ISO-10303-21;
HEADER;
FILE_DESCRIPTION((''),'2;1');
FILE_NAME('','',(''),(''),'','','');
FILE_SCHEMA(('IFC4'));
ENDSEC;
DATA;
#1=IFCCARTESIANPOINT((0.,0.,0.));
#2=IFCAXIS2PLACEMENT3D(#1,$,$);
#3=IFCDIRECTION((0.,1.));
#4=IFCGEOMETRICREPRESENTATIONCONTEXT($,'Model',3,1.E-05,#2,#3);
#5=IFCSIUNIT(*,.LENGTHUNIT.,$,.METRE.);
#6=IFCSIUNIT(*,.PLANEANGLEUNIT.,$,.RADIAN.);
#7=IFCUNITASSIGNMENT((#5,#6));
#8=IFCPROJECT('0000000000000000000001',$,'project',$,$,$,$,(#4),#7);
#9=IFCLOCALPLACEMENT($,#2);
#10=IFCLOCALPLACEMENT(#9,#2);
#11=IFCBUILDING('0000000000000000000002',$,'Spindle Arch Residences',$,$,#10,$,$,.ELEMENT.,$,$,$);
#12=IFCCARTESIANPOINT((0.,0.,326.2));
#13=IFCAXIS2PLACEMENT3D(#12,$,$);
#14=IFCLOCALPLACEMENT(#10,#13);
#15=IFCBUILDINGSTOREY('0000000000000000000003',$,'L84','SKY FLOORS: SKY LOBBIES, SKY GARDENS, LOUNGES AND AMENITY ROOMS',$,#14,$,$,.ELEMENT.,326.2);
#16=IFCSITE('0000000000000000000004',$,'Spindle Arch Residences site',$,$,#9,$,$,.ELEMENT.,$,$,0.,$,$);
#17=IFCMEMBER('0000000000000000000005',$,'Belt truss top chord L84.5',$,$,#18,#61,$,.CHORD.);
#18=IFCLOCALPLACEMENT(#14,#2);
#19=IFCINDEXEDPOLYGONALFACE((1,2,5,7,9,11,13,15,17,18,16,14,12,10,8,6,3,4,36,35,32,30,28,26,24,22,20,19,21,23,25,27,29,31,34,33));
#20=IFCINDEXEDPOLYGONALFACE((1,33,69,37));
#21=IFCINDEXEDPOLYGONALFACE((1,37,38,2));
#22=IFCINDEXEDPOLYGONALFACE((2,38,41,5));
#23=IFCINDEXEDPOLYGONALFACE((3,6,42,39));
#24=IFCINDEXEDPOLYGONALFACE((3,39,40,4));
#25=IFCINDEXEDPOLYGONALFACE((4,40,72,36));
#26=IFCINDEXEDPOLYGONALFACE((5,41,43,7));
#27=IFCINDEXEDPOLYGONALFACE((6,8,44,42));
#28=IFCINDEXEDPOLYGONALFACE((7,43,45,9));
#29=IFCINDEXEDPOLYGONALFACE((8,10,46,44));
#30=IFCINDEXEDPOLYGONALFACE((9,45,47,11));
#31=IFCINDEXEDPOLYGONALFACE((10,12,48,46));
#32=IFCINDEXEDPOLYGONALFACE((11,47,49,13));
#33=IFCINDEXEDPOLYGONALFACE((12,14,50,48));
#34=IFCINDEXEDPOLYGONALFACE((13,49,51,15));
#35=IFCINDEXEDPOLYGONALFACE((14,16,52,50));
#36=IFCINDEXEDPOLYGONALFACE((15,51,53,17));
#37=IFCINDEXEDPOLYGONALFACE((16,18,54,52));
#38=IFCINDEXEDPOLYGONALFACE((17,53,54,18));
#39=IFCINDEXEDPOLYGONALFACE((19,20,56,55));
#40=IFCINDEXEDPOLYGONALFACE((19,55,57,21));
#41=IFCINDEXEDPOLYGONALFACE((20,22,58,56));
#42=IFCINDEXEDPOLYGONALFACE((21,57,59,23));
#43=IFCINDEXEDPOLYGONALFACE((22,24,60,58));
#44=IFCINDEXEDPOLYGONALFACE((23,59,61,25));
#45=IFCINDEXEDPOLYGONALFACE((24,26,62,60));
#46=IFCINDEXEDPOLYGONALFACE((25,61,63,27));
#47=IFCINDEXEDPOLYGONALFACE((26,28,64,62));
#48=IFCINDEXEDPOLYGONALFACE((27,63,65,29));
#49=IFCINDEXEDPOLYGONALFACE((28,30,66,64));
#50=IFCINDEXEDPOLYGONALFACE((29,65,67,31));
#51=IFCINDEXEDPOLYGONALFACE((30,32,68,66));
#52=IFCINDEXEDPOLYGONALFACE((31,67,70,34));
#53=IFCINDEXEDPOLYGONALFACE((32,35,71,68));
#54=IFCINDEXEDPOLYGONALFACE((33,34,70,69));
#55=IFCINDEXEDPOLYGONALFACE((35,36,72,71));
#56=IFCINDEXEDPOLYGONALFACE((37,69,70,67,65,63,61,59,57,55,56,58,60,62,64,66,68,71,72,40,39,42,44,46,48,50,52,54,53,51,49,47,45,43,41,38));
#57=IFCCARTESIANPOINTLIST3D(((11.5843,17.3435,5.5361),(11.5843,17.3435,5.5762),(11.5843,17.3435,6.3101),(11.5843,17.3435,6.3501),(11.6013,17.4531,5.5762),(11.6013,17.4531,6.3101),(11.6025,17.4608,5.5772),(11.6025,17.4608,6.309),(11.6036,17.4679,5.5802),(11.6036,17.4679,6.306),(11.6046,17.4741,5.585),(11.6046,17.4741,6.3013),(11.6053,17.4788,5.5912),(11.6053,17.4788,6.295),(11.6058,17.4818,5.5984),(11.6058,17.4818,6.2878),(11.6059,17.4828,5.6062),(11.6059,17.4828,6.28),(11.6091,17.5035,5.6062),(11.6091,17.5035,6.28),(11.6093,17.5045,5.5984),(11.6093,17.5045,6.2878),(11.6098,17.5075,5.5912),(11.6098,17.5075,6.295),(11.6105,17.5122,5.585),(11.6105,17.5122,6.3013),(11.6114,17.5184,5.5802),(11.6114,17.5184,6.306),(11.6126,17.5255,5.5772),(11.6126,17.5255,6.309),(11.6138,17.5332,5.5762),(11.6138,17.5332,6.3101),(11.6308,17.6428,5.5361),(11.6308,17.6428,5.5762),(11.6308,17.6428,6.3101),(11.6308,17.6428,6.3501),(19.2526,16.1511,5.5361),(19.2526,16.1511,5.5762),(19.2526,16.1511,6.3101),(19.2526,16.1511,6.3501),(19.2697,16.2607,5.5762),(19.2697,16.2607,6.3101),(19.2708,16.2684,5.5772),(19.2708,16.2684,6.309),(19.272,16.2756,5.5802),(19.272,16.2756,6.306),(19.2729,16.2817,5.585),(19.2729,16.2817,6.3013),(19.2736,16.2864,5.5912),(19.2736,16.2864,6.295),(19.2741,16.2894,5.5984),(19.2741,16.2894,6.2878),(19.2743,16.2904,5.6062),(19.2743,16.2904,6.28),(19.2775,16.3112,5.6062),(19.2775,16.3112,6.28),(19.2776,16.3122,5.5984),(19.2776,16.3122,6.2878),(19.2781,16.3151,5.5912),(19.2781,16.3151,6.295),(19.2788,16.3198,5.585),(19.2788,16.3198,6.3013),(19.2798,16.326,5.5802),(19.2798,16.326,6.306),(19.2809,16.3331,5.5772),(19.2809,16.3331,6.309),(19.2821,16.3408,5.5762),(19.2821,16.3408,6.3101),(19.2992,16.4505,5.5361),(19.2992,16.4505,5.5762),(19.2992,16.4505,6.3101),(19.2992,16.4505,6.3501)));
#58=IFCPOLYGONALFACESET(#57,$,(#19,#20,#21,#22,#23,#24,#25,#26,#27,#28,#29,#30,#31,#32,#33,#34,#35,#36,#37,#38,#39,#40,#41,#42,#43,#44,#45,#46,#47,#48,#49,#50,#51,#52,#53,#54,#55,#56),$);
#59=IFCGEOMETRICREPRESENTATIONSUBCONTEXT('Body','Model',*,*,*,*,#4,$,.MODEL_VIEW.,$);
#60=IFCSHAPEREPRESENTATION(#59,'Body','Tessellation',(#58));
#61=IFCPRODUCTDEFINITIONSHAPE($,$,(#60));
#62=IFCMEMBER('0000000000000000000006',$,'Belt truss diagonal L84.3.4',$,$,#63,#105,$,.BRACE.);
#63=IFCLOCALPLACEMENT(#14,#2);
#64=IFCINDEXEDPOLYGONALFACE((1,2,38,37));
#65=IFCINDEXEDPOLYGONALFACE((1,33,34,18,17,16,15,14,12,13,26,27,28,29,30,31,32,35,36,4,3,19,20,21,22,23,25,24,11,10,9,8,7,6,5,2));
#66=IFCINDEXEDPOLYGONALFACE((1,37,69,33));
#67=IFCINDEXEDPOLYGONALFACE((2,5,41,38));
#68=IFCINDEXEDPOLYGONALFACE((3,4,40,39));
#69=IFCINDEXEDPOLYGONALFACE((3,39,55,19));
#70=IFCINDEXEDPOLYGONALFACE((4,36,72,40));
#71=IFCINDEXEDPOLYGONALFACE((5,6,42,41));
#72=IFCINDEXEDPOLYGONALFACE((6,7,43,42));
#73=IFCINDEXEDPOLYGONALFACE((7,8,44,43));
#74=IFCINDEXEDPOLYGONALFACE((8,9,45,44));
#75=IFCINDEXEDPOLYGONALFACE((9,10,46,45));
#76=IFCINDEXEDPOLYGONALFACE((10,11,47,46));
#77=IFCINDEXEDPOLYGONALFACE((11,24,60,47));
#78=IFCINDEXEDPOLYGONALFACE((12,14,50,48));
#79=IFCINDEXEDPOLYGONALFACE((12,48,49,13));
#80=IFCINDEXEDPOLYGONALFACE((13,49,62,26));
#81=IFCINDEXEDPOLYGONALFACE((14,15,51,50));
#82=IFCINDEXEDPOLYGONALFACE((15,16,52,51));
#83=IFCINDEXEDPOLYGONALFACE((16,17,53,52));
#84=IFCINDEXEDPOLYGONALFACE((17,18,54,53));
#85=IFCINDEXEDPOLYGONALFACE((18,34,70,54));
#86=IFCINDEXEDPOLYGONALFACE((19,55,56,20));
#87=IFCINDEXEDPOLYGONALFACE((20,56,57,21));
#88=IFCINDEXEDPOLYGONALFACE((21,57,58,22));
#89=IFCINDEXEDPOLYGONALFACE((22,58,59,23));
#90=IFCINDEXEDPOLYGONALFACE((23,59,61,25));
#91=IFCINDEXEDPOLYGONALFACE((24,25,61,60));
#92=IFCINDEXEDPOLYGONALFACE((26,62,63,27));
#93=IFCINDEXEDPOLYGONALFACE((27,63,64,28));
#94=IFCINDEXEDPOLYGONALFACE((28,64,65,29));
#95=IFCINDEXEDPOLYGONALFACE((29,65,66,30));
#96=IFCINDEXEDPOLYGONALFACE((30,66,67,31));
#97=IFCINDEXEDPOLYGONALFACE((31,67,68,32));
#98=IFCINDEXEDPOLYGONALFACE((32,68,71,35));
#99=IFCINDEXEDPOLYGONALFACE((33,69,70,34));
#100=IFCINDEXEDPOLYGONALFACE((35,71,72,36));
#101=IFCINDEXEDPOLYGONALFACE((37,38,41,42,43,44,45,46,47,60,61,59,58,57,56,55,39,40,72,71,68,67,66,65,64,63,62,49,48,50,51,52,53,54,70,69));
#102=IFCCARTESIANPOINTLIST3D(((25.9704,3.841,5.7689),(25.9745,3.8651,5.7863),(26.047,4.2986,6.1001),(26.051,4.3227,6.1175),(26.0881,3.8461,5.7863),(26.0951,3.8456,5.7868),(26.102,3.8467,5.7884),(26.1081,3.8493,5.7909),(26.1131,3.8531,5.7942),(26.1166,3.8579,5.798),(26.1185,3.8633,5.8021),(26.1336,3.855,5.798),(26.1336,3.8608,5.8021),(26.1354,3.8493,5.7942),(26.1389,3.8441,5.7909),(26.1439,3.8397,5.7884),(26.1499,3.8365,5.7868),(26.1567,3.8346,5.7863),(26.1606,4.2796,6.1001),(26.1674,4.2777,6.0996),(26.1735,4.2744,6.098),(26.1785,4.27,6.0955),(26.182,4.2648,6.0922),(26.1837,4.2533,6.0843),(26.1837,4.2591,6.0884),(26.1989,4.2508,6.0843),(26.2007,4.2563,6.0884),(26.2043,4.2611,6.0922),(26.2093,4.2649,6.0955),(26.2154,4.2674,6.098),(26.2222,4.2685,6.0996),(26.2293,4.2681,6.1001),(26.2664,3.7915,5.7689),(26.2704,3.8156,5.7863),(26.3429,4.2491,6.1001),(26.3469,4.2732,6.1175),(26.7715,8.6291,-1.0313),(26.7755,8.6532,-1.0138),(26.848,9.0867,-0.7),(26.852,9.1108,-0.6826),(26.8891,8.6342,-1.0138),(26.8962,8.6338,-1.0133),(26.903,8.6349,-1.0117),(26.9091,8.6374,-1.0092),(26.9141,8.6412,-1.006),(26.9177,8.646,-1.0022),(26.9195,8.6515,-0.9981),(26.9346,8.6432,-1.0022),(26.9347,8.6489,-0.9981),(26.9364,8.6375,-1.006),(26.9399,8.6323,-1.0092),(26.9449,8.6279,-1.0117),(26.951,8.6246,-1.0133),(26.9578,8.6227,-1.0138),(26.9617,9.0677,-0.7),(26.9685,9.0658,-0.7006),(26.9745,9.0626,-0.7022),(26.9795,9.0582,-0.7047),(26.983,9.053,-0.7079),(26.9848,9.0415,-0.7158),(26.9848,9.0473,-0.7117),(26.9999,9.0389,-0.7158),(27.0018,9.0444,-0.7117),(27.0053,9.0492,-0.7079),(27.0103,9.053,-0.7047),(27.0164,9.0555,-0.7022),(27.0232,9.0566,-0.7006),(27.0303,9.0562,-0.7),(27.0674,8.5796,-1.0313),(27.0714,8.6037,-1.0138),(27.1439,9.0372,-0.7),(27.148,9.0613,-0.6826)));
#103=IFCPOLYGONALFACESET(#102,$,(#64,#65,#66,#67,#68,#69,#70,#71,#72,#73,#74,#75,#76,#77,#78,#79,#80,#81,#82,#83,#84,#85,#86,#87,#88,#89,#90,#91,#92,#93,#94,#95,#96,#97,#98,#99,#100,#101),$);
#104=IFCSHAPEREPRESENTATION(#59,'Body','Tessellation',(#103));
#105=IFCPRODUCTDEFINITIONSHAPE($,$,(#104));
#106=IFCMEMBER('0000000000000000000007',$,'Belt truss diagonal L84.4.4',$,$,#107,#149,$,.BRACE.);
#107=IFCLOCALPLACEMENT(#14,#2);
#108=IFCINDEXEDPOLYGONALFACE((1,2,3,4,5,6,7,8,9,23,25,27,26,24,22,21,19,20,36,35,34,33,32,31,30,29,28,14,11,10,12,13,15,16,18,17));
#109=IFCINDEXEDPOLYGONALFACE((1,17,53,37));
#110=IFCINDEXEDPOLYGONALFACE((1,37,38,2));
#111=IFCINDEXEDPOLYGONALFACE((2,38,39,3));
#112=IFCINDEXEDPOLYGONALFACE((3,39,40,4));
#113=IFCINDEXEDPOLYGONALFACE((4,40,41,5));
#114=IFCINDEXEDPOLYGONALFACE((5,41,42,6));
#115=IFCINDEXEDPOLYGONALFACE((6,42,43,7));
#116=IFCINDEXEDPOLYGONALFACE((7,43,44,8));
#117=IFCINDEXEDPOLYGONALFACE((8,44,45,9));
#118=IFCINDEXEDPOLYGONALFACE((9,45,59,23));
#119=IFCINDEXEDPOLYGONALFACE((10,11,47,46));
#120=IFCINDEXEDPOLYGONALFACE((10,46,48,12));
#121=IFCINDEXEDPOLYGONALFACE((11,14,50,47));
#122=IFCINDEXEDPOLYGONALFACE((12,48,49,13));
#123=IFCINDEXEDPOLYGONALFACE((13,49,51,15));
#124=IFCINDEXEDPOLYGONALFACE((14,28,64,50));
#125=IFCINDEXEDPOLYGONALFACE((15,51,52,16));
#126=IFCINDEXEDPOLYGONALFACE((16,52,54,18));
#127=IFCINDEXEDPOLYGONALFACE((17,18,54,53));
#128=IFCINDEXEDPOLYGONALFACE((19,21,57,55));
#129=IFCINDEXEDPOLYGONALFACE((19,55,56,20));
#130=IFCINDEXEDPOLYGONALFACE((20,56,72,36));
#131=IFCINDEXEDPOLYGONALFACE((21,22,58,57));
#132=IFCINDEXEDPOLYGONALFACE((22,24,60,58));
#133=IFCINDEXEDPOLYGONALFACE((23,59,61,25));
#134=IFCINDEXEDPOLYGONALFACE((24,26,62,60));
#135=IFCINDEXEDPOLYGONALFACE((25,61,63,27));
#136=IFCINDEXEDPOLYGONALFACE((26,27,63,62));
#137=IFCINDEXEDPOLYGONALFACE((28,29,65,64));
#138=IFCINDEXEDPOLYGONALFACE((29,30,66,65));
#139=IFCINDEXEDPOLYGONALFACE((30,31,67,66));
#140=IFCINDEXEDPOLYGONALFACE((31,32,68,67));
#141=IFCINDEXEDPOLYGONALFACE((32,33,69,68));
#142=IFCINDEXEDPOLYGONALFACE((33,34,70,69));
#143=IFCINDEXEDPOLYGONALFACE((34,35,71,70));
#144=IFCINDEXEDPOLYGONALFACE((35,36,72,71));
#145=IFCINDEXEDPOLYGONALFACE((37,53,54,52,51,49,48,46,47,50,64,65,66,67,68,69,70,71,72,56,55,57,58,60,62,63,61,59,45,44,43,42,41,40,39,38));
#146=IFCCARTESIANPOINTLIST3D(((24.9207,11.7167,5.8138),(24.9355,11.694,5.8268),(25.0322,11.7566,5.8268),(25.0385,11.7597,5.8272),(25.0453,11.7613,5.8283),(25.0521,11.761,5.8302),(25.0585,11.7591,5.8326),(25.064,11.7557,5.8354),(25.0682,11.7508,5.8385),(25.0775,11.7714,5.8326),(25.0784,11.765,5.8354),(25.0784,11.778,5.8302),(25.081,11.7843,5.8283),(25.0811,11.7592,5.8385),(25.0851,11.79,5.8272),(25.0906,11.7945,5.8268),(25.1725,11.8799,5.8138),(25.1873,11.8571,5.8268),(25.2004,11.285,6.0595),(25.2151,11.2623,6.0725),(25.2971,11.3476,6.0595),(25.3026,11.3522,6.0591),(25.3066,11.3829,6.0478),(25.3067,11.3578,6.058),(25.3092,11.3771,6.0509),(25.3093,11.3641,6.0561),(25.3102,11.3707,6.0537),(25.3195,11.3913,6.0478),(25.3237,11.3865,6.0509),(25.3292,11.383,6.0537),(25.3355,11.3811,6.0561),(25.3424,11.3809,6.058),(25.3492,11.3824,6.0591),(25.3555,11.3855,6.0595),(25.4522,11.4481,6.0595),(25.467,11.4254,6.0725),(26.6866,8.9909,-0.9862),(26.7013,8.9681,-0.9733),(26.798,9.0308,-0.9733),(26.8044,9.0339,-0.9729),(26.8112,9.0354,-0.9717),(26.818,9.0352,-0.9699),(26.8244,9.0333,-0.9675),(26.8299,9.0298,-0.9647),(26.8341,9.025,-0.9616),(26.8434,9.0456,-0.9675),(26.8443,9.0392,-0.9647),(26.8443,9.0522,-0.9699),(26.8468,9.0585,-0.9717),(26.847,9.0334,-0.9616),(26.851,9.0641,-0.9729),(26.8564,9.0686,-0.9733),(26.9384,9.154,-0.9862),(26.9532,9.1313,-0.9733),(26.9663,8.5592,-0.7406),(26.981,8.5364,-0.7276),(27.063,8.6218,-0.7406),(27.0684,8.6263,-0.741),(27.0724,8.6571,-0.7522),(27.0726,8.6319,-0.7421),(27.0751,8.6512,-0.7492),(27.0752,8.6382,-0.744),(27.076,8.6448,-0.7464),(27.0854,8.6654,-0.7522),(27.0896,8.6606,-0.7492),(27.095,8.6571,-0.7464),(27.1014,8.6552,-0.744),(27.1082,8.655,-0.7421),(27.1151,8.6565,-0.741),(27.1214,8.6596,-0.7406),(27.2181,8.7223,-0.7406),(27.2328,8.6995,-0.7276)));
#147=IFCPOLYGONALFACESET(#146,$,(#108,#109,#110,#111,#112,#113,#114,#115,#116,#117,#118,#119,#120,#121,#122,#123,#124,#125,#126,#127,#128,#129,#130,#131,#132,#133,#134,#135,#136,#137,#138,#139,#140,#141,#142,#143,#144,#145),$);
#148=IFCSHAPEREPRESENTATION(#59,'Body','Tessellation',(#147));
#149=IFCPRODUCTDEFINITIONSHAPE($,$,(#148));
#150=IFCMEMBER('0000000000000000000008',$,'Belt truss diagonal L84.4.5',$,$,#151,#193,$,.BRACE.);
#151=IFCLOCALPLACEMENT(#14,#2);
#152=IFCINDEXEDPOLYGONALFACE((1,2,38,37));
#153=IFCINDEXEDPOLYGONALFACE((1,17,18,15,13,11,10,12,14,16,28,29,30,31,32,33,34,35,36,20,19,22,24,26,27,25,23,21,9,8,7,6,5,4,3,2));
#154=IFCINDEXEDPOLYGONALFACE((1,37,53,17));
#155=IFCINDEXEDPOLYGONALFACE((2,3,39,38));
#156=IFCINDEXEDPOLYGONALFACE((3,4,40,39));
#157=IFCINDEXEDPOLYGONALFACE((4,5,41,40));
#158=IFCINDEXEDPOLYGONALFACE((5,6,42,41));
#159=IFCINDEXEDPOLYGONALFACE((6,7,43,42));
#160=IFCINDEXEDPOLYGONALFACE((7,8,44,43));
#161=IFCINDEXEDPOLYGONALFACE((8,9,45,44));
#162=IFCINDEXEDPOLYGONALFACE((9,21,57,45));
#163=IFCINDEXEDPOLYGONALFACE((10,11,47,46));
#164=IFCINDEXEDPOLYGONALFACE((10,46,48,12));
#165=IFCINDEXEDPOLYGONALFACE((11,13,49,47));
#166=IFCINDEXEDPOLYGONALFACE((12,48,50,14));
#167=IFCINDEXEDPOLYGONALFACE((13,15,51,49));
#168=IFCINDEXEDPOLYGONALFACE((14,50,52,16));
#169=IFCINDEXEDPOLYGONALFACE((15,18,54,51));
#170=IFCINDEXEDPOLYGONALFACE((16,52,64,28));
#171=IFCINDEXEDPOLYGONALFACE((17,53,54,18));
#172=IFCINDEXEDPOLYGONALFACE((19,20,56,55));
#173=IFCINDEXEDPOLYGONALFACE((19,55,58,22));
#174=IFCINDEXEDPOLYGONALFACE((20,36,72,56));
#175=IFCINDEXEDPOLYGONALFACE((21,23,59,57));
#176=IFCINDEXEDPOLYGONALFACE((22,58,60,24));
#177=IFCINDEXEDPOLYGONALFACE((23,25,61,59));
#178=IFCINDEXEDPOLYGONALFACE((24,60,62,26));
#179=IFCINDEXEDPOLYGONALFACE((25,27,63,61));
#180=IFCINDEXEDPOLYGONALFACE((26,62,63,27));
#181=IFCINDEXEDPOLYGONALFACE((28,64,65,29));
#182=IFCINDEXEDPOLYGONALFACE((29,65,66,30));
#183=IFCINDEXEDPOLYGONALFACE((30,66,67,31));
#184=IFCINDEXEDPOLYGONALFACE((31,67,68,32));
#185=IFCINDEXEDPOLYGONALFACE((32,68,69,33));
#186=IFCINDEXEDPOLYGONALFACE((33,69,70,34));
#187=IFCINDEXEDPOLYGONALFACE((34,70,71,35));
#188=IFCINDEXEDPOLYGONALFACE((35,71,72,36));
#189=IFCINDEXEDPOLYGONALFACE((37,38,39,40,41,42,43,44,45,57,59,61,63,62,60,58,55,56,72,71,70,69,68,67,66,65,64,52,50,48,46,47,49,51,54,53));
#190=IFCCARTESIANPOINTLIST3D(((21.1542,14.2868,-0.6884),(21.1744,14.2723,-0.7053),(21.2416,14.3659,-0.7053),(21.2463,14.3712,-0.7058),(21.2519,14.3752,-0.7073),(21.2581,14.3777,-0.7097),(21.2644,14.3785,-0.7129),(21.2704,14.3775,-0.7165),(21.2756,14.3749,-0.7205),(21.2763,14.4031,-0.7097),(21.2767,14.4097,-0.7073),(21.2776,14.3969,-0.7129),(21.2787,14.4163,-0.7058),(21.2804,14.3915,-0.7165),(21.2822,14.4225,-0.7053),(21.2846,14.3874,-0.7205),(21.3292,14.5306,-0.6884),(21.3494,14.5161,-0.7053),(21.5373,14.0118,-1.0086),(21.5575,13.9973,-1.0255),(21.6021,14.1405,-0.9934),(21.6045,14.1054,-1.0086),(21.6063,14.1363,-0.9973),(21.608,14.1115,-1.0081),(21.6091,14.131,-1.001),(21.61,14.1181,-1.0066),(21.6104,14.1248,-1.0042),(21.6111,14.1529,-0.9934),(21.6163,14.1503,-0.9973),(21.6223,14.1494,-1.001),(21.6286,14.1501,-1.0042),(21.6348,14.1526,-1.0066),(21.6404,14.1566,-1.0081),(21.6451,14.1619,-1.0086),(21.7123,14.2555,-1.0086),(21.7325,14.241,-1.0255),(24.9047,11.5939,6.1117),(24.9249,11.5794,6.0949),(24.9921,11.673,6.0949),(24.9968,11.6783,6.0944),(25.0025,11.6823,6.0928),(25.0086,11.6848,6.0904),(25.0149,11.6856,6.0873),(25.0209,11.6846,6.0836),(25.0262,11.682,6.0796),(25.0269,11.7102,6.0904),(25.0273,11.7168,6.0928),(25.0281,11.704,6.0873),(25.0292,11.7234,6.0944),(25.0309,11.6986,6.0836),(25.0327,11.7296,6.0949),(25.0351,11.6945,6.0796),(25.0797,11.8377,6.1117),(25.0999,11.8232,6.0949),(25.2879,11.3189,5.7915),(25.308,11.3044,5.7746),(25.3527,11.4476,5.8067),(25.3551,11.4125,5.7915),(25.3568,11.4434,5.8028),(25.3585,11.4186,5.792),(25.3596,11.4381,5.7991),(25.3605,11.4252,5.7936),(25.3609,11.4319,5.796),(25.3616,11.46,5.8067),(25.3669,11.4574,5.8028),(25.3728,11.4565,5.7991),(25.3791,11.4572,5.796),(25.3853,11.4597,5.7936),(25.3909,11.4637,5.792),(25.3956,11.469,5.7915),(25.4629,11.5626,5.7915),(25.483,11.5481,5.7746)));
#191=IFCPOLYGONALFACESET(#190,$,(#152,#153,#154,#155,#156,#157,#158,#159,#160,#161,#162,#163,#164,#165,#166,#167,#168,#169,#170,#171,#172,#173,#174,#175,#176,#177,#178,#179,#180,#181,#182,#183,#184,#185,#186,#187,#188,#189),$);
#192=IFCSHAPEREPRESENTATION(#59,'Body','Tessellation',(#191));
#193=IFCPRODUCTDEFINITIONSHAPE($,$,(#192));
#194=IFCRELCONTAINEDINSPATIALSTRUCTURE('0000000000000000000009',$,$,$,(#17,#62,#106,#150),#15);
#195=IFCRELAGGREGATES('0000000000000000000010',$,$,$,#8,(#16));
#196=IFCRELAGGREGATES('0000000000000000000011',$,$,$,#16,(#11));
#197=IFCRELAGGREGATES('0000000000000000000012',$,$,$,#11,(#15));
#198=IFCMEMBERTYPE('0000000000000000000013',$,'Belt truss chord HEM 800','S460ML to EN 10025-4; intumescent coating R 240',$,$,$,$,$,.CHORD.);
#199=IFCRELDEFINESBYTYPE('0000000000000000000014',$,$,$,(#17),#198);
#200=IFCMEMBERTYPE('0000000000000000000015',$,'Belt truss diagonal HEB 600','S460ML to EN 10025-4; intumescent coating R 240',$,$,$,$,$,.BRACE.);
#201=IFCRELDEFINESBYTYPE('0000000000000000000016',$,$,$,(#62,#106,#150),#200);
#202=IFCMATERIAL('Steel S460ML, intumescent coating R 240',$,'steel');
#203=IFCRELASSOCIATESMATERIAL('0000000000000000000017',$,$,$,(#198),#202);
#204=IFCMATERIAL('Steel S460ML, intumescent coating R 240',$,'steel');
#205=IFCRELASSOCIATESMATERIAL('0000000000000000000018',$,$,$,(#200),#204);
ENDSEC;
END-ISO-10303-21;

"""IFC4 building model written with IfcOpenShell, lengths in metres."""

from ifc_helpers import new_model, si_unit, direction, frame, origin, origin_2d, place, context, subcontext, project, spatial, i_section, extrude, material, material_profile, profile_set, type_object, element, save


model = new_model("IFC4")

# Units and contexts
model_context = context("Model", 3, precision=1e-05, world=origin(), true_north=direction((0.0, 1.0)))
body_context = subcontext(model_context, "Body", "Model", "MODEL_VIEW")
ifc_project = project(units=[si_unit("LENGTHUNIT", "METRE"), si_unit("PLANEANGLEUNIT", "RADIAN")], contexts=[model_context])

# Site, building, storey
site_placement = place(None, origin())
site = spatial("IfcSite", under=ifc_project, at=site_placement, Name="Spindle Arch Residences site", CompositionType="ELEMENT", RefElevation=0.0)
building_placement = place(site_placement, origin())
building = spatial("IfcBuilding", under=site, at=building_placement, Name="Spindle Arch Residences", CompositionType="ELEMENT")
storey_placement = place(building_placement, frame((0.0, 0.0, 326.2)))
storey = spatial("IfcBuildingStorey", under=building, at=storey_placement, Name="L84", Description="SKY FLOORS: SKY LOBBIES, SKY GARDENS, LOUNGES AND AMENITY ROOMS", CompositionType="ELEMENT", Elevation=326.2)

# Members
ifc_material_1 = material(Name="Steel S460ML, intumescent coating R 240", Category="steel")
ifc_material_profile_1 = material_profile(ifc_material_1, i_section(OverallWidth=0.303, OverallDepth=0.814, WebThickness=0.021, FlangeThickness=0.04, FilletRadius=0.03, at=origin_2d()), Name="HEM 800")
ifc_profile_set_1 = profile_set([ifc_material_profile_1], Name="Steel S460ML, intumescent coating R 240")
member_type_1 = type_object("IfcMemberType", Name="Belt truss chord HEM 800", Description="S460ML to EN 10025-4; intumescent coating R 240", PredefinedType="CHORD", material=ifc_profile_set_1)
member_1_placement = place(storey_placement, frame((19.2759, 16.3008, 5.9431), z_axis=(-0.988126, 0.153646, 0.0), x_axis=(-0.153646, -0.988126, 0.0)))
element("IfcMember", 1, at=member_1_placement, inside=storey, type_object=member_type_1, Name="Belt truss top chord L84.5", PredefinedType="CHORD", context=body_context, shape_type="SweptSolid", body=[
    extrude(i_section(OverallWidth=0.303, OverallDepth=0.814, WebThickness=0.021, FlangeThickness=0.04, FilletRadius=0.03, at=origin_2d()), origin(), (0.0, 0.0, 1.0), 7.7605),
])
ifc_material_2 = material(Name="Steel S460ML, intumescent coating R 240", Category="steel")
ifc_material_profile_2 = material_profile(ifc_material_2, i_section(OverallWidth=0.3, OverallDepth=0.6001, WebThickness=0.0154, FlangeThickness=0.03, FilletRadius=0.0271, at=origin_2d()), Name="HEB 600")
ifc_profile_set_2 = profile_set([ifc_material_profile_2], Name="Steel S460ML, intumescent coating R 240")
member_type_2 = type_object("IfcMemberType", Name="Belt truss diagonal HEB 600", Description="S460ML to EN 10025-4; intumescent coating R 240", PredefinedType="BRACE", material=ifc_profile_set_2)
member_2_placement = place(storey_placement, frame((26.9597, 8.8452, -0.8569), z_axis=(-0.095872, -0.573072, 0.813878), x_axis=(0.986293, -0.165002, 0.0)))
element("IfcMember", 2, at=member_2_placement, inside=storey, type_object=member_type_2, Name="Belt truss diagonal L84.3.4", PredefinedType="BRACE", context=body_context, shape_type="SweptSolid", body=[
    extrude(i_section(OverallWidth=0.3, OverallDepth=0.6001, WebThickness=0.0154, FlangeThickness=0.03, FilletRadius=0.0271, at=origin_2d()), origin(), (0.0, 0.0, 1.0), 8.3552),
])
member_3_placement = place(storey_placement, frame((26.9597, 8.8452, -0.8569), z_axis=(-0.234329, 0.361715, 0.902359), x_axis=(-0.839276, -0.543706, 0.0)))
element("IfcMember", 3, at=member_3_placement, inside=storey, type_object=member_type_2, Name="Belt truss diagonal L84.4.4", PredefinedType="BRACE", context=body_context, shape_type="SweptSolid", body=[
    extrude(i_section(OverallWidth=0.3, OverallDepth=0.6001, WebThickness=0.0154, FlangeThickness=0.03, FilletRadius=0.0271, at=origin_2d()), origin(), (0.0, 0.0, 1.0), 7.5359),
])
member_4_placement = place(storey_placement, frame((21.4434, 14.2639, -0.8569), z_axis=(0.456298, -0.327624, 0.827318), x_axis=(0.583237, 0.812302, 0.0)))
element("IfcMember", 4, at=member_4_placement, inside=storey, type_object=member_type_2, Name="Belt truss diagonal L84.4.5", PredefinedType="BRACE", context=body_context, shape_type="SweptSolid", body=[
    extrude(i_section(OverallWidth=0.3, OverallDepth=0.6001, WebThickness=0.0154, FlangeThickness=0.03, FilletRadius=0.0271, at=origin_2d()), origin(), (0.0, 0.0, 1.0), 8.2195),
])

save(model, "model.ifc")
